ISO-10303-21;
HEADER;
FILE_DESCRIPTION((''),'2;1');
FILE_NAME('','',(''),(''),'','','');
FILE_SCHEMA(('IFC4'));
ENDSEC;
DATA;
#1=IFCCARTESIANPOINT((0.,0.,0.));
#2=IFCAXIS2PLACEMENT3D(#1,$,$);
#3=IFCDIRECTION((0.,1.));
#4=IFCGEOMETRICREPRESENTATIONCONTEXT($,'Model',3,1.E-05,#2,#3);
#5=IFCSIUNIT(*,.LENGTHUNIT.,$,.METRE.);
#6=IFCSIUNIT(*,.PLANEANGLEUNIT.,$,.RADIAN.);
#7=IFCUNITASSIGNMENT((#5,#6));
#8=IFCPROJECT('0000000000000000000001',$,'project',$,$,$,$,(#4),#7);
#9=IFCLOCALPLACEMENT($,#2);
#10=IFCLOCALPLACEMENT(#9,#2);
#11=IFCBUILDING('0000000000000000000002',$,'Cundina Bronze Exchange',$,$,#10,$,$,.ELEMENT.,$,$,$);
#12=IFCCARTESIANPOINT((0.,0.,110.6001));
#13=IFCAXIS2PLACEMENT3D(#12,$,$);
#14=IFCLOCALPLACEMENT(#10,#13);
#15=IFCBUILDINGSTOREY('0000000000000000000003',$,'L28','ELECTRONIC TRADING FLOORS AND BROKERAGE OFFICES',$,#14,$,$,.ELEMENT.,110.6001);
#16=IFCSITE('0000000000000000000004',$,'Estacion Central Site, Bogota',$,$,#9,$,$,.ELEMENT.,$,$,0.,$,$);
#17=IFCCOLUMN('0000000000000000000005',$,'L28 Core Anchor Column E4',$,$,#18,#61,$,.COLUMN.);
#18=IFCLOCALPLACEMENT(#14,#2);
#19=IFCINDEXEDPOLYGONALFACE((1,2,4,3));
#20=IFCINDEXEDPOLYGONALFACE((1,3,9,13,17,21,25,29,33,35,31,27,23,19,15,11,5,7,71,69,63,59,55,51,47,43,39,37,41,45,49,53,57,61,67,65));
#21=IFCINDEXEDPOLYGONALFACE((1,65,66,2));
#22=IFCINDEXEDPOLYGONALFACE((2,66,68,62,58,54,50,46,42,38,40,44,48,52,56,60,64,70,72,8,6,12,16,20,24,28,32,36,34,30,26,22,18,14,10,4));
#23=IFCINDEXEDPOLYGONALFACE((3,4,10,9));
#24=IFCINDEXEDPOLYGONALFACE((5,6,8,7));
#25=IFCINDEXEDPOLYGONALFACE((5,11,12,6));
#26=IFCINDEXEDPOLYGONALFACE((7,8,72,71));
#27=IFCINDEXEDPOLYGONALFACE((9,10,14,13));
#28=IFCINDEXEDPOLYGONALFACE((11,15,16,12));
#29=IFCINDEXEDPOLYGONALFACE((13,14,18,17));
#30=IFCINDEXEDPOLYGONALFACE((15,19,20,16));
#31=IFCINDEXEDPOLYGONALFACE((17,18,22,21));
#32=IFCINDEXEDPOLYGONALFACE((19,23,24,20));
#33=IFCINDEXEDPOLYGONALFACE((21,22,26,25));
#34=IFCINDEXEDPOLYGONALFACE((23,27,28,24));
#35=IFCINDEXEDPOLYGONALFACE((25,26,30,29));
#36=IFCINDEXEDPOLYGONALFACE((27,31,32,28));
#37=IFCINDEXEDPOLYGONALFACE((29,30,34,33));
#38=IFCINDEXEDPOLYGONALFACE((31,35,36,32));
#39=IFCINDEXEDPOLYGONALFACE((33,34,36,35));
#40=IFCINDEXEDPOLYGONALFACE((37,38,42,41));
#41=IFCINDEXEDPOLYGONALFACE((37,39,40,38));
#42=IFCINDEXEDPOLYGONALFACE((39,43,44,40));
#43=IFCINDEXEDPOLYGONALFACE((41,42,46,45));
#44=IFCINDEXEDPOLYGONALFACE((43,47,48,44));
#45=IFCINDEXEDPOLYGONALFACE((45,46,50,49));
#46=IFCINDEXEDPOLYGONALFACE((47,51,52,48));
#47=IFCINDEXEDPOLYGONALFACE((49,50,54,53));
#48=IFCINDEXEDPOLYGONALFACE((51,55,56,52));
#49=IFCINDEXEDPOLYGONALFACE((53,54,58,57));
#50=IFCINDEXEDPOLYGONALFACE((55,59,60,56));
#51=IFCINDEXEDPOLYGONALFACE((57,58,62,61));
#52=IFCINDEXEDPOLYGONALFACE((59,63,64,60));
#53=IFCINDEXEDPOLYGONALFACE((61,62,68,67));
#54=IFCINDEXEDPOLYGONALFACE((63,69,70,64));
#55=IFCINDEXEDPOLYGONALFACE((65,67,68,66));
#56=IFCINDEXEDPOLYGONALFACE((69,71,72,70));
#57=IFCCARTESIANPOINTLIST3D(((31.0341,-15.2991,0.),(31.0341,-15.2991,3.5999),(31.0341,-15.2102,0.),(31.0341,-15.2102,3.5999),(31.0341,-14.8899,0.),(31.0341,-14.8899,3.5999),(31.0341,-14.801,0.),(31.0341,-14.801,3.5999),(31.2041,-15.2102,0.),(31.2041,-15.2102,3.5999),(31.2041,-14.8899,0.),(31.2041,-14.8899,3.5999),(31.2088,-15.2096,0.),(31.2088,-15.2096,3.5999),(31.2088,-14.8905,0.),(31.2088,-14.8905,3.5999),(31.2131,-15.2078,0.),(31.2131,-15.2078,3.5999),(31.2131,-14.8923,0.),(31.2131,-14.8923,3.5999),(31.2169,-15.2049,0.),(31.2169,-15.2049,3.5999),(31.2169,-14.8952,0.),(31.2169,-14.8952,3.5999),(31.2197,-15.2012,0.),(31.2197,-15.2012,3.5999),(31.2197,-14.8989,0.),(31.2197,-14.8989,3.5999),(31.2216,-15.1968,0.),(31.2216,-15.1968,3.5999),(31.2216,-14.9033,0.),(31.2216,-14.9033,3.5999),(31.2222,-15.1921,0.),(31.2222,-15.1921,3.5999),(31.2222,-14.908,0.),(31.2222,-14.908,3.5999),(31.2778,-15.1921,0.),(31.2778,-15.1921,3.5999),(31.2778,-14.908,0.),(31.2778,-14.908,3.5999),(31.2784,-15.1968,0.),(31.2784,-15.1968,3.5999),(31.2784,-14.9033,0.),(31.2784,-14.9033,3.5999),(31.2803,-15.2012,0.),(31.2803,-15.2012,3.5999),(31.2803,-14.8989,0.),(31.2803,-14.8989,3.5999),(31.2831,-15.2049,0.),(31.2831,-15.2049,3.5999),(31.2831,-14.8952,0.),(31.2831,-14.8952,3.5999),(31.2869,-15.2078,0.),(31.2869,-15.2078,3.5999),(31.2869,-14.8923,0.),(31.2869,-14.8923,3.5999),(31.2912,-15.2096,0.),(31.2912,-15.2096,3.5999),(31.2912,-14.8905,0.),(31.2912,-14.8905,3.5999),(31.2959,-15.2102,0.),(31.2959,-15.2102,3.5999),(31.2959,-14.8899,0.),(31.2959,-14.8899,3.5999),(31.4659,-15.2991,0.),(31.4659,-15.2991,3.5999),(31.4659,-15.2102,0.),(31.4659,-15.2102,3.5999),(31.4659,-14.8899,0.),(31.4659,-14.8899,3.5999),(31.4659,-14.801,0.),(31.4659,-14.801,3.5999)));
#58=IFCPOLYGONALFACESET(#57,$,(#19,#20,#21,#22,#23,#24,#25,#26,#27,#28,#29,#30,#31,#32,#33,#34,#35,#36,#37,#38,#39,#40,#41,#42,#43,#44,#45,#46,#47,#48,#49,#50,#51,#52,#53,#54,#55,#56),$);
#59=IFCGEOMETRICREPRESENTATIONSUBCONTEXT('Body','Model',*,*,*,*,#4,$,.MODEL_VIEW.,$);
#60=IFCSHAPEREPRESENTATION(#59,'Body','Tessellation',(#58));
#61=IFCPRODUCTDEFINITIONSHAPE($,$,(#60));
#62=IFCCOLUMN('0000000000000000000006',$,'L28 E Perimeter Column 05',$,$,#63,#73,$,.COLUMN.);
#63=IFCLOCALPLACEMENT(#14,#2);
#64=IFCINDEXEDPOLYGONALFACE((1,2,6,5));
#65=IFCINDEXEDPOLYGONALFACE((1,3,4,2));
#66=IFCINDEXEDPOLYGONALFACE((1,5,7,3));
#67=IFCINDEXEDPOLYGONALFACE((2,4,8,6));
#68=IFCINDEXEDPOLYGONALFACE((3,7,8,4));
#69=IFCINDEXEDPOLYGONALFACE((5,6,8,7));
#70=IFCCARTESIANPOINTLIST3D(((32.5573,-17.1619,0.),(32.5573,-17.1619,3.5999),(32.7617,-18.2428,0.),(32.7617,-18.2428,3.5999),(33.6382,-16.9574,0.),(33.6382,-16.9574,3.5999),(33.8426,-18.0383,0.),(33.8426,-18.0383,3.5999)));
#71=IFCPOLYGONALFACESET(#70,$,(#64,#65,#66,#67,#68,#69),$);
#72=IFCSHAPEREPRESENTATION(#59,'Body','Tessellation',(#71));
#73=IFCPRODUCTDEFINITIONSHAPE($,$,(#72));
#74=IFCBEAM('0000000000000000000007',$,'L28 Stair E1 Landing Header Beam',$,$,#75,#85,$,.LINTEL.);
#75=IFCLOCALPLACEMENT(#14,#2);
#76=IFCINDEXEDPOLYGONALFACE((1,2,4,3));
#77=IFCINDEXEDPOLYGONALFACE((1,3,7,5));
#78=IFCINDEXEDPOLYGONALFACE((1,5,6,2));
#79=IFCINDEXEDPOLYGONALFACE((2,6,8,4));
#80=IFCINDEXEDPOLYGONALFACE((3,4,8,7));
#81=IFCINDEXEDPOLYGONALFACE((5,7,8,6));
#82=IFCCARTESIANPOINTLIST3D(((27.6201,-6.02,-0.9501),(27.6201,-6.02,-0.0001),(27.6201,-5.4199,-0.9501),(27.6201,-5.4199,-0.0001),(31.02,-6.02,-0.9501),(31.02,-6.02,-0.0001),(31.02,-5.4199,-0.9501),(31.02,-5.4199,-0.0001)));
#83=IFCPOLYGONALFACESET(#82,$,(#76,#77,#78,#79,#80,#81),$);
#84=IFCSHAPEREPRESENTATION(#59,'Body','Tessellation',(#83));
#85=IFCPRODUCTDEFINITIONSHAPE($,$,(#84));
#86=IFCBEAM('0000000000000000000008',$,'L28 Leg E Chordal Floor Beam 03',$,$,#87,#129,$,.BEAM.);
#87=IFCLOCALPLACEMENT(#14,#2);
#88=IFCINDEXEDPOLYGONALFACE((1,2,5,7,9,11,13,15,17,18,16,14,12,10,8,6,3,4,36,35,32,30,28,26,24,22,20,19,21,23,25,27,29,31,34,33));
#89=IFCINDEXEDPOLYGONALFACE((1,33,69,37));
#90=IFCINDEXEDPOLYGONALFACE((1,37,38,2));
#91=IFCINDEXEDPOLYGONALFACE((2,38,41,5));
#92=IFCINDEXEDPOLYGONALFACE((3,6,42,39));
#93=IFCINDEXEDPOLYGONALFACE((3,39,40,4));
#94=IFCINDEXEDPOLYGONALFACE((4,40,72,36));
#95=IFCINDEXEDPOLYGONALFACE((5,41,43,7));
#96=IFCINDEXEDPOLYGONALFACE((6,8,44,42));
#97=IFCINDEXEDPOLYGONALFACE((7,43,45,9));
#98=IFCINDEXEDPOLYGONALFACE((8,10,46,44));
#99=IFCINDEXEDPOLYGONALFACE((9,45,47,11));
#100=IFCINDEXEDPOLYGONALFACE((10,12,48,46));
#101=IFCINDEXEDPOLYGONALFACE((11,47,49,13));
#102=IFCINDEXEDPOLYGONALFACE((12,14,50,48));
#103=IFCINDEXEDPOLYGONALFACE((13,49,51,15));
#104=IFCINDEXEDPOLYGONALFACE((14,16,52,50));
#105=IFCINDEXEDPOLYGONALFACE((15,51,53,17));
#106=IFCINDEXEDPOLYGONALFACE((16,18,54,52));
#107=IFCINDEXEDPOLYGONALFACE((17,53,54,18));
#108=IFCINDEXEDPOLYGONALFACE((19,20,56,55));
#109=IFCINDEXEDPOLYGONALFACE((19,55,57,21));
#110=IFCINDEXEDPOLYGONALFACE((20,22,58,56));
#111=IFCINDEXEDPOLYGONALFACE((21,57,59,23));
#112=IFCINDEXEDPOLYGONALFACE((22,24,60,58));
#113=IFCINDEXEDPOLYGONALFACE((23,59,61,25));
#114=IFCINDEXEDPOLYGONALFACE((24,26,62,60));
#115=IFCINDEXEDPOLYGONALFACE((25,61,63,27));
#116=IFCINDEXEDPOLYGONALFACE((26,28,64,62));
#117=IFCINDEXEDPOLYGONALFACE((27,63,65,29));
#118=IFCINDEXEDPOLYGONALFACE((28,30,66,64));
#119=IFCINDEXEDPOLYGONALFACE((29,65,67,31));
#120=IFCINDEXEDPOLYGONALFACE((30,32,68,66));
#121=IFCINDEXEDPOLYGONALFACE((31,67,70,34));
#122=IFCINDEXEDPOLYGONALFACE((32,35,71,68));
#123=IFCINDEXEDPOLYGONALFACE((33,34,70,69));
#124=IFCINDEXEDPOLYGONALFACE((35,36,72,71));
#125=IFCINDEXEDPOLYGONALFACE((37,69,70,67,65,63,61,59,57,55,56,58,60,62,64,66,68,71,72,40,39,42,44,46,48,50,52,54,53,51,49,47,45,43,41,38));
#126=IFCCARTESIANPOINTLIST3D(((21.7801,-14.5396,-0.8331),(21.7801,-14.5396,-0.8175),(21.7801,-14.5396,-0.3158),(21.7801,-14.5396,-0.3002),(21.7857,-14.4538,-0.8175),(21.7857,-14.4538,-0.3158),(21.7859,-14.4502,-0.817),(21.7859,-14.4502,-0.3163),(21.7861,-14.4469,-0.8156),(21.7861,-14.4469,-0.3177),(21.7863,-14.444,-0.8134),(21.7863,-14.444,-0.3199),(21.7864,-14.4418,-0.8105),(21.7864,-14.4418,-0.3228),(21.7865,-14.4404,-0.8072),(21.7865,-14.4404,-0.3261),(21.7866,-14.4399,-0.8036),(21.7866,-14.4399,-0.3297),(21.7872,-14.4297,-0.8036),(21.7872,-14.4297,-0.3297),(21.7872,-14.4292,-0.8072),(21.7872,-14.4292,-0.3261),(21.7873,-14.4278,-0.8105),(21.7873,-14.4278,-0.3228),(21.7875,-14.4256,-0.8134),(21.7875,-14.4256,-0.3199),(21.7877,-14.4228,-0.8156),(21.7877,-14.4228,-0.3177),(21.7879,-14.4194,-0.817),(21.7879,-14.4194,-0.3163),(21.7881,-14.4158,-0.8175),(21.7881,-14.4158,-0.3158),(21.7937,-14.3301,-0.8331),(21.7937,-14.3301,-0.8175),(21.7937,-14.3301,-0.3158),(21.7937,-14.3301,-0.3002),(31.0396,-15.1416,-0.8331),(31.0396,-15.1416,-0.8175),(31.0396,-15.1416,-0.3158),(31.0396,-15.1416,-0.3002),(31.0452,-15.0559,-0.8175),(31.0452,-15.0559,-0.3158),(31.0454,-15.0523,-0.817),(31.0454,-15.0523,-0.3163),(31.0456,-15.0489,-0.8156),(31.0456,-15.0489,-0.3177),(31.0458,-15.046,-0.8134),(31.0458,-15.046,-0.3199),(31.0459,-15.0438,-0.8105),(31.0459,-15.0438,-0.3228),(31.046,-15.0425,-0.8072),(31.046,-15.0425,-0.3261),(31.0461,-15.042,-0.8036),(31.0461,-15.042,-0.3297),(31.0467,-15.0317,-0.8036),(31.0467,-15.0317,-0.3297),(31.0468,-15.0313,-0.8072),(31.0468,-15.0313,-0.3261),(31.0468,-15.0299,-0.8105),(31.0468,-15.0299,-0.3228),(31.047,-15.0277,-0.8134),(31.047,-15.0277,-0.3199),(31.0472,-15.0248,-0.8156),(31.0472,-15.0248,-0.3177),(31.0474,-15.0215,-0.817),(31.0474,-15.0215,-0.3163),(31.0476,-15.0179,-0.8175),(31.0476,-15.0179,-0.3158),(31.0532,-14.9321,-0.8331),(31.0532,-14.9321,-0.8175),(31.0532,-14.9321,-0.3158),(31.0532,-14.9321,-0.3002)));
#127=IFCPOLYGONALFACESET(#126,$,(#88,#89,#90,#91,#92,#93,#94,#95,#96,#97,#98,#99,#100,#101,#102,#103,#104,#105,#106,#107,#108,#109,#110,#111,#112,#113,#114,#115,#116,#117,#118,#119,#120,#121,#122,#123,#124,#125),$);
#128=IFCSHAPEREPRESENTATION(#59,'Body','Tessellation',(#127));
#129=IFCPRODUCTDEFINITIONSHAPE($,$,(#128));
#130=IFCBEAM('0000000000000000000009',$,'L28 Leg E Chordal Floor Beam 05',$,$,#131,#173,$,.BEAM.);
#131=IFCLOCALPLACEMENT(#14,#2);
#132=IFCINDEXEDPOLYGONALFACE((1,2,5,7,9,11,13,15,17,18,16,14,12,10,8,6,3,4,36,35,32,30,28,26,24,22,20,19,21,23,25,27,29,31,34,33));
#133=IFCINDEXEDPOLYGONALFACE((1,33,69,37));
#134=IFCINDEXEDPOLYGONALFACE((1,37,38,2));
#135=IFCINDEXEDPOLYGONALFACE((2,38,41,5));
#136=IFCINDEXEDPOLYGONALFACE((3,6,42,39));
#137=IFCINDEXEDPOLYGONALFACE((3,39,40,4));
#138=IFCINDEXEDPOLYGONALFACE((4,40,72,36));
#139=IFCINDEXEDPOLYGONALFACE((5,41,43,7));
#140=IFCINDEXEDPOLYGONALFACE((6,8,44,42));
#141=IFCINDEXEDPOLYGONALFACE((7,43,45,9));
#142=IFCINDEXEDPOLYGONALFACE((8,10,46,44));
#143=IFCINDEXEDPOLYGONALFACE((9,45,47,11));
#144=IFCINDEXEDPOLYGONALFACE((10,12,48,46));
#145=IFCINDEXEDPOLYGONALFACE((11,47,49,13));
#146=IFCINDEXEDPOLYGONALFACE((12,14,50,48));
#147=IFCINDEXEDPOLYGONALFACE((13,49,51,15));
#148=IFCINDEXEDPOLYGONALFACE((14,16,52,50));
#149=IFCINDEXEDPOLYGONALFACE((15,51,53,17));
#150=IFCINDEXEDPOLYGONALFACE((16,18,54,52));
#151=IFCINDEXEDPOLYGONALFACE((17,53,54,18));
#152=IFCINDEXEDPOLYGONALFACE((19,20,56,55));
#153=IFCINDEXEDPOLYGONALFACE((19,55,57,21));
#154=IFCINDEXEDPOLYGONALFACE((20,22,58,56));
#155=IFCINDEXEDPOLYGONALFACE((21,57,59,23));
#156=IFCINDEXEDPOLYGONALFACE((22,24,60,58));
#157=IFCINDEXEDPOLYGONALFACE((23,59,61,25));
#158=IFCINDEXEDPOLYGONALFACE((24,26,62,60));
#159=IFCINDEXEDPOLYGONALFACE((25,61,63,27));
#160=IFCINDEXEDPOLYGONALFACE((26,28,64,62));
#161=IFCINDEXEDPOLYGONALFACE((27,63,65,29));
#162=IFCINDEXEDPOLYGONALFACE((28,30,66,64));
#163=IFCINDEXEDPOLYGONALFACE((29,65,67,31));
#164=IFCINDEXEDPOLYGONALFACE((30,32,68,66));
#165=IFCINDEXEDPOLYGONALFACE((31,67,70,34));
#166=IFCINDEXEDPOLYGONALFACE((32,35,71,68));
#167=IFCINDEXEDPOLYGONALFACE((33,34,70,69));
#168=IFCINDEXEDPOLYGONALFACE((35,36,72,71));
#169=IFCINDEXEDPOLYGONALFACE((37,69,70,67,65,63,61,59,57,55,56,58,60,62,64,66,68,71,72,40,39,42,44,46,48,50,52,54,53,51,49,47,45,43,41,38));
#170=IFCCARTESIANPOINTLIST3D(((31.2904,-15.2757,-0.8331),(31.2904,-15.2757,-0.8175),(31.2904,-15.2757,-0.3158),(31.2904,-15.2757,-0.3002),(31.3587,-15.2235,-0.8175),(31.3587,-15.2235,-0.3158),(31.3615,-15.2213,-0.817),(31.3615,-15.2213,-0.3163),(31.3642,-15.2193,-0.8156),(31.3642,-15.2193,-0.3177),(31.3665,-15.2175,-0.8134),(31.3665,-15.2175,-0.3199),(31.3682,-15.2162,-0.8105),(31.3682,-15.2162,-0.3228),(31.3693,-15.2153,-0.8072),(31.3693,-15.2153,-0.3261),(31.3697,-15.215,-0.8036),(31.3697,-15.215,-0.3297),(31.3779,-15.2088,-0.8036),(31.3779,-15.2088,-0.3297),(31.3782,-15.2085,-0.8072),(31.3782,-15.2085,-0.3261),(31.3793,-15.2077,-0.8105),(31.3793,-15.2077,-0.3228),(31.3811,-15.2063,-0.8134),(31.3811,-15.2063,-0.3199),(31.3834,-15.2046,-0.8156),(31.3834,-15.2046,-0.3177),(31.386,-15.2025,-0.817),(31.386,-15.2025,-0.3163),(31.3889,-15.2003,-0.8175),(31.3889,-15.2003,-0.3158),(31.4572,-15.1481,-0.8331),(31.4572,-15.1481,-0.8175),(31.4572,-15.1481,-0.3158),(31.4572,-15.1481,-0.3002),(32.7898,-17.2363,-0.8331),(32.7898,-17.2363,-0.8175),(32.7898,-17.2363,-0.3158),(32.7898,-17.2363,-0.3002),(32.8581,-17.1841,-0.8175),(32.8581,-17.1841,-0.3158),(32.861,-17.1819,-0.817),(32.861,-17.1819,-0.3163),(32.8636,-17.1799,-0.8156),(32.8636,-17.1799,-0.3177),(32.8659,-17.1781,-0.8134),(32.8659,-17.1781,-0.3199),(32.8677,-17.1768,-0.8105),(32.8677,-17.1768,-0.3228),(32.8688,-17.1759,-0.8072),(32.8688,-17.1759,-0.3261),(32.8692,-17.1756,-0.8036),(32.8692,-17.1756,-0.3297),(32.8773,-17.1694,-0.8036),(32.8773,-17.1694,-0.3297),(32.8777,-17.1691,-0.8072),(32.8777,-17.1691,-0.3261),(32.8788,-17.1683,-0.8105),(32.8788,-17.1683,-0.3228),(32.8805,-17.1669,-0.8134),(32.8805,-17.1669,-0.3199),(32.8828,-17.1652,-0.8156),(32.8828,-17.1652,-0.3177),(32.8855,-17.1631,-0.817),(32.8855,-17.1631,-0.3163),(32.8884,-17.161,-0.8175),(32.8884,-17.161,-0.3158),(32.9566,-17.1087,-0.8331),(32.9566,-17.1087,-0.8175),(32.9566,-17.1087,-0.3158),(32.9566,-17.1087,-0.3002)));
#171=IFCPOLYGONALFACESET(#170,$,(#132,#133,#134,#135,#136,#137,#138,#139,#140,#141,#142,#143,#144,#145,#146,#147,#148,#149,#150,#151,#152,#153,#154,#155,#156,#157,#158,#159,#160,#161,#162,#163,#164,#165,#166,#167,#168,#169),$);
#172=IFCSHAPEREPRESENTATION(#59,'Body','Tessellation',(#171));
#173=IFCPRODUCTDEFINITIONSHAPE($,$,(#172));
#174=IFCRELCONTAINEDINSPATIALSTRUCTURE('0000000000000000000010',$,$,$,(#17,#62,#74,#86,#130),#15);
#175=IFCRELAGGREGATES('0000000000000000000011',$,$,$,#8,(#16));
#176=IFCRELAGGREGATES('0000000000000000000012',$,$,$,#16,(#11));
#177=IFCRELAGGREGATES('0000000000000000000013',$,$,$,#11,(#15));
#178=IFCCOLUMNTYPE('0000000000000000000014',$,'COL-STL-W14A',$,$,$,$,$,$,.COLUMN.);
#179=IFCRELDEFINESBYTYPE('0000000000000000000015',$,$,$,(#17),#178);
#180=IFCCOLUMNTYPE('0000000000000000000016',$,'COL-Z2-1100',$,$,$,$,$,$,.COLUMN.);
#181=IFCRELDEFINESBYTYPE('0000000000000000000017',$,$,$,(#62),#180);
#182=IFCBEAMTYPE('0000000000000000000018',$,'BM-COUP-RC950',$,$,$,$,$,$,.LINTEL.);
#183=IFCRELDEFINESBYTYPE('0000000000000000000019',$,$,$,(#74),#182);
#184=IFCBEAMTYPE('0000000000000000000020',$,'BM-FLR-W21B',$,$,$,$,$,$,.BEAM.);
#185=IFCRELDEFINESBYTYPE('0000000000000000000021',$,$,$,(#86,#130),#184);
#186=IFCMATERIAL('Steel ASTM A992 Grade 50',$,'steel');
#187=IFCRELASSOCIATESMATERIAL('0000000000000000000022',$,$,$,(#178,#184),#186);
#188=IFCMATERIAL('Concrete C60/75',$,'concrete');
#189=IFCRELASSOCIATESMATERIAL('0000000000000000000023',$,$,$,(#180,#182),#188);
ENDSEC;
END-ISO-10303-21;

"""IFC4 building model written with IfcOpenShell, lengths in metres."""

from ifc_helpers import new_model, si_unit, direction, frame, origin, origin_2d, place, context, subcontext, project, spatial, rectangle, i_section, extrude, material, material_profile, profile_set, type_object, element, save


model = new_model("IFC4")

# Units and contexts
model_context = context("Model", 3, precision=1e-05, world=origin(), true_north=direction((0.0, 1.0)))
body_context = subcontext(model_context, "Body", "Model", "MODEL_VIEW")
ifc_project = project(units=[si_unit("LENGTHUNIT", "METRE"), si_unit("PLANEANGLEUNIT", "RADIAN")], contexts=[model_context])

# Site, building, storey
site_placement = place(None, origin())
site = spatial("IfcSite", under=ifc_project, at=site_placement, Name="Estacion Central Site, Bogota", CompositionType="ELEMENT", RefElevation=0.0)
building_placement = place(site_placement, origin())
building = spatial("IfcBuilding", under=site, at=building_placement, Name="Cundina Bronze Exchange", CompositionType="ELEMENT")
storey_placement = place(building_placement, frame((0.0, 0.0, 110.6001)))
storey = spatial("IfcBuildingStorey", under=building, at=storey_placement, Name="L28", Description="ELECTRONIC TRADING FLOORS AND BROKERAGE OFFICES", CompositionType="ELEMENT", Elevation=110.6001)

# Columns
ifc_material_1 = material(Name="Steel ASTM A992 Grade 50", Category="steel")
ifc_material_profile_1 = material_profile(ifc_material_1, i_section(OverallWidth=0.4319, OverallDepth=0.498, WebThickness=0.0557, FlangeThickness=0.0889, FilletRadius=0.0181, at=origin_2d()), Name="W14X500", Category="steel")
ifc_profile_set_1 = profile_set([ifc_material_profile_1], Name="Steel ASTM A992 Grade 50")
column_type_1 = type_object("IfcColumnType", Name="COL-STL-W14A", PredefinedType="COLUMN", material=ifc_profile_set_1)
column_1_placement = place(storey_placement, frame((31.25, -15.05, 0.0), z_axis=(0.0, 0.0, 1.0), x_axis=(1.0, 0.0, 0.0)))
element("IfcColumn", 1, at=column_1_placement, inside=storey, type_object=column_type_1, Name="L28 Core Anchor Column E4", PredefinedType="COLUMN", context=body_context, shape_type="SweptSolid", body=[
    extrude(i_section(OverallWidth=0.4319, OverallDepth=0.498, WebThickness=0.0557, FlangeThickness=0.0889, FilletRadius=0.0181, at=origin_2d()), origin(), (0.0, 0.0, 1.0), 3.5999),
])
ifc_material_2 = material(Name="Concrete C60/75", Category="concrete")
ifc_material_profile_2 = material_profile(ifc_material_2, rectangle(XDim=1.1001, YDim=1.1001, at=origin_2d()), Name="RC1100X1100", Category="concrete")
ifc_profile_set_2 = profile_set([ifc_material_profile_2], Name="Concrete C60/75")
column_type_2 = type_object("IfcColumnType", Name="COL-Z2-1100", PredefinedType="COLUMN", material=ifc_profile_set_2)
column_2_placement = place(storey_placement, frame((33.2, -17.6001, 0.0), z_axis=(0.0, 0.0, 1.0), x_axis=(0.98258, 0.185838, 0.0)))
element("IfcColumn", 2, at=column_2_placement, inside=storey, type_object=column_type_2, Name="L28 E Perimeter Column 05", PredefinedType="COLUMN", context=body_context, shape_type="SweptSolid", body=[
    extrude(rectangle(XDim=1.1001, YDim=1.1001, at=origin_2d()), origin(), (0.0, 0.0, 1.0), 3.5999),
])

# Beams
ifc_material_profile_3 = material_profile(ifc_material_2, rectangle(XDim=0.6001, YDim=0.95, at=origin_2d()), Name="RC600X950", Category="concrete")
ifc_profile_set_3 = profile_set([ifc_material_profile_3], Name="Concrete C60/75")
beam_type_1 = type_object("IfcBeamType", Name="BM-COUP-RC950", PredefinedType="LINTEL", material=ifc_profile_set_3)
beam_1_placement = place(storey_placement, frame((27.6201, -5.72, -0.4751), z_axis=(1.0, 0.0, 0.0), x_axis=(0.0, 1.0, 0.0)))
element("IfcBeam", 3, at=beam_1_placement, inside=storey, type_object=beam_type_1, Name="L28 Stair E1 Landing Header Beam", PredefinedType="LINTEL", context=body_context, shape_type="SweptSolid", body=[
    extrude(rectangle(XDim=0.6001, YDim=0.95, at=origin_2d()), origin(), (0.0, 0.0, 1.0), 3.3999),
])
ifc_material_profile_4 = material_profile(ifc_material_1, i_section(OverallWidth=0.21, OverallDepth=0.533, WebThickness=0.0103, FlangeThickness=0.0156, FilletRadius=0.0139, at=origin_2d()), Name="W21X62", Category="steel")
ifc_profile_set_4 = profile_set([ifc_material_profile_4], Name="Steel ASTM A992 Grade 50")
beam_type_2 = type_object("IfcBeamType", Name="BM-FLR-W21B", PredefinedType="BEAM", material=ifc_profile_set_4)
beam_2_placement = place(storey_placement, frame((31.0464, -15.0369, -0.5667), z_axis=(-0.997893, 0.064883, 0.0), x_axis=(-0.064883, -0.997893, 0.0)))
element("IfcBeam", 4, at=beam_2_placement, inside=storey, type_object=beam_type_2, Name="L28 Leg E Chordal Floor Beam 03", PredefinedType="BEAM", context=body_context, shape_type="SweptSolid", body=[
    extrude(i_section(OverallWidth=0.21, OverallDepth=0.533, WebThickness=0.0103, FlangeThickness=0.0156, FilletRadius=0.0139, at=origin_2d()), origin(), (0.0, 0.0, 1.0), 9.2791),
])
beam_3_placement = place(storey_placement, frame((31.3738, -15.2119, -0.5667), z_axis=(0.60749, -0.794327, 0.0), x_axis=(0.794327, 0.60749, 0.0)))
element("IfcBeam", 5, at=beam_3_placement, inside=storey, type_object=beam_type_2, Name="L28 Leg E Chordal Floor Beam 05", PredefinedType="BEAM", context=body_context, shape_type="SweptSolid", body=[
    extrude(i_section(OverallWidth=0.21, OverallDepth=0.533, WebThickness=0.0103, FlangeThickness=0.0156, FilletRadius=0.0139, at=origin_2d()), origin(), (0.0, 0.0, 1.0), 2.4683),
])

save(model, "model.ifc")
